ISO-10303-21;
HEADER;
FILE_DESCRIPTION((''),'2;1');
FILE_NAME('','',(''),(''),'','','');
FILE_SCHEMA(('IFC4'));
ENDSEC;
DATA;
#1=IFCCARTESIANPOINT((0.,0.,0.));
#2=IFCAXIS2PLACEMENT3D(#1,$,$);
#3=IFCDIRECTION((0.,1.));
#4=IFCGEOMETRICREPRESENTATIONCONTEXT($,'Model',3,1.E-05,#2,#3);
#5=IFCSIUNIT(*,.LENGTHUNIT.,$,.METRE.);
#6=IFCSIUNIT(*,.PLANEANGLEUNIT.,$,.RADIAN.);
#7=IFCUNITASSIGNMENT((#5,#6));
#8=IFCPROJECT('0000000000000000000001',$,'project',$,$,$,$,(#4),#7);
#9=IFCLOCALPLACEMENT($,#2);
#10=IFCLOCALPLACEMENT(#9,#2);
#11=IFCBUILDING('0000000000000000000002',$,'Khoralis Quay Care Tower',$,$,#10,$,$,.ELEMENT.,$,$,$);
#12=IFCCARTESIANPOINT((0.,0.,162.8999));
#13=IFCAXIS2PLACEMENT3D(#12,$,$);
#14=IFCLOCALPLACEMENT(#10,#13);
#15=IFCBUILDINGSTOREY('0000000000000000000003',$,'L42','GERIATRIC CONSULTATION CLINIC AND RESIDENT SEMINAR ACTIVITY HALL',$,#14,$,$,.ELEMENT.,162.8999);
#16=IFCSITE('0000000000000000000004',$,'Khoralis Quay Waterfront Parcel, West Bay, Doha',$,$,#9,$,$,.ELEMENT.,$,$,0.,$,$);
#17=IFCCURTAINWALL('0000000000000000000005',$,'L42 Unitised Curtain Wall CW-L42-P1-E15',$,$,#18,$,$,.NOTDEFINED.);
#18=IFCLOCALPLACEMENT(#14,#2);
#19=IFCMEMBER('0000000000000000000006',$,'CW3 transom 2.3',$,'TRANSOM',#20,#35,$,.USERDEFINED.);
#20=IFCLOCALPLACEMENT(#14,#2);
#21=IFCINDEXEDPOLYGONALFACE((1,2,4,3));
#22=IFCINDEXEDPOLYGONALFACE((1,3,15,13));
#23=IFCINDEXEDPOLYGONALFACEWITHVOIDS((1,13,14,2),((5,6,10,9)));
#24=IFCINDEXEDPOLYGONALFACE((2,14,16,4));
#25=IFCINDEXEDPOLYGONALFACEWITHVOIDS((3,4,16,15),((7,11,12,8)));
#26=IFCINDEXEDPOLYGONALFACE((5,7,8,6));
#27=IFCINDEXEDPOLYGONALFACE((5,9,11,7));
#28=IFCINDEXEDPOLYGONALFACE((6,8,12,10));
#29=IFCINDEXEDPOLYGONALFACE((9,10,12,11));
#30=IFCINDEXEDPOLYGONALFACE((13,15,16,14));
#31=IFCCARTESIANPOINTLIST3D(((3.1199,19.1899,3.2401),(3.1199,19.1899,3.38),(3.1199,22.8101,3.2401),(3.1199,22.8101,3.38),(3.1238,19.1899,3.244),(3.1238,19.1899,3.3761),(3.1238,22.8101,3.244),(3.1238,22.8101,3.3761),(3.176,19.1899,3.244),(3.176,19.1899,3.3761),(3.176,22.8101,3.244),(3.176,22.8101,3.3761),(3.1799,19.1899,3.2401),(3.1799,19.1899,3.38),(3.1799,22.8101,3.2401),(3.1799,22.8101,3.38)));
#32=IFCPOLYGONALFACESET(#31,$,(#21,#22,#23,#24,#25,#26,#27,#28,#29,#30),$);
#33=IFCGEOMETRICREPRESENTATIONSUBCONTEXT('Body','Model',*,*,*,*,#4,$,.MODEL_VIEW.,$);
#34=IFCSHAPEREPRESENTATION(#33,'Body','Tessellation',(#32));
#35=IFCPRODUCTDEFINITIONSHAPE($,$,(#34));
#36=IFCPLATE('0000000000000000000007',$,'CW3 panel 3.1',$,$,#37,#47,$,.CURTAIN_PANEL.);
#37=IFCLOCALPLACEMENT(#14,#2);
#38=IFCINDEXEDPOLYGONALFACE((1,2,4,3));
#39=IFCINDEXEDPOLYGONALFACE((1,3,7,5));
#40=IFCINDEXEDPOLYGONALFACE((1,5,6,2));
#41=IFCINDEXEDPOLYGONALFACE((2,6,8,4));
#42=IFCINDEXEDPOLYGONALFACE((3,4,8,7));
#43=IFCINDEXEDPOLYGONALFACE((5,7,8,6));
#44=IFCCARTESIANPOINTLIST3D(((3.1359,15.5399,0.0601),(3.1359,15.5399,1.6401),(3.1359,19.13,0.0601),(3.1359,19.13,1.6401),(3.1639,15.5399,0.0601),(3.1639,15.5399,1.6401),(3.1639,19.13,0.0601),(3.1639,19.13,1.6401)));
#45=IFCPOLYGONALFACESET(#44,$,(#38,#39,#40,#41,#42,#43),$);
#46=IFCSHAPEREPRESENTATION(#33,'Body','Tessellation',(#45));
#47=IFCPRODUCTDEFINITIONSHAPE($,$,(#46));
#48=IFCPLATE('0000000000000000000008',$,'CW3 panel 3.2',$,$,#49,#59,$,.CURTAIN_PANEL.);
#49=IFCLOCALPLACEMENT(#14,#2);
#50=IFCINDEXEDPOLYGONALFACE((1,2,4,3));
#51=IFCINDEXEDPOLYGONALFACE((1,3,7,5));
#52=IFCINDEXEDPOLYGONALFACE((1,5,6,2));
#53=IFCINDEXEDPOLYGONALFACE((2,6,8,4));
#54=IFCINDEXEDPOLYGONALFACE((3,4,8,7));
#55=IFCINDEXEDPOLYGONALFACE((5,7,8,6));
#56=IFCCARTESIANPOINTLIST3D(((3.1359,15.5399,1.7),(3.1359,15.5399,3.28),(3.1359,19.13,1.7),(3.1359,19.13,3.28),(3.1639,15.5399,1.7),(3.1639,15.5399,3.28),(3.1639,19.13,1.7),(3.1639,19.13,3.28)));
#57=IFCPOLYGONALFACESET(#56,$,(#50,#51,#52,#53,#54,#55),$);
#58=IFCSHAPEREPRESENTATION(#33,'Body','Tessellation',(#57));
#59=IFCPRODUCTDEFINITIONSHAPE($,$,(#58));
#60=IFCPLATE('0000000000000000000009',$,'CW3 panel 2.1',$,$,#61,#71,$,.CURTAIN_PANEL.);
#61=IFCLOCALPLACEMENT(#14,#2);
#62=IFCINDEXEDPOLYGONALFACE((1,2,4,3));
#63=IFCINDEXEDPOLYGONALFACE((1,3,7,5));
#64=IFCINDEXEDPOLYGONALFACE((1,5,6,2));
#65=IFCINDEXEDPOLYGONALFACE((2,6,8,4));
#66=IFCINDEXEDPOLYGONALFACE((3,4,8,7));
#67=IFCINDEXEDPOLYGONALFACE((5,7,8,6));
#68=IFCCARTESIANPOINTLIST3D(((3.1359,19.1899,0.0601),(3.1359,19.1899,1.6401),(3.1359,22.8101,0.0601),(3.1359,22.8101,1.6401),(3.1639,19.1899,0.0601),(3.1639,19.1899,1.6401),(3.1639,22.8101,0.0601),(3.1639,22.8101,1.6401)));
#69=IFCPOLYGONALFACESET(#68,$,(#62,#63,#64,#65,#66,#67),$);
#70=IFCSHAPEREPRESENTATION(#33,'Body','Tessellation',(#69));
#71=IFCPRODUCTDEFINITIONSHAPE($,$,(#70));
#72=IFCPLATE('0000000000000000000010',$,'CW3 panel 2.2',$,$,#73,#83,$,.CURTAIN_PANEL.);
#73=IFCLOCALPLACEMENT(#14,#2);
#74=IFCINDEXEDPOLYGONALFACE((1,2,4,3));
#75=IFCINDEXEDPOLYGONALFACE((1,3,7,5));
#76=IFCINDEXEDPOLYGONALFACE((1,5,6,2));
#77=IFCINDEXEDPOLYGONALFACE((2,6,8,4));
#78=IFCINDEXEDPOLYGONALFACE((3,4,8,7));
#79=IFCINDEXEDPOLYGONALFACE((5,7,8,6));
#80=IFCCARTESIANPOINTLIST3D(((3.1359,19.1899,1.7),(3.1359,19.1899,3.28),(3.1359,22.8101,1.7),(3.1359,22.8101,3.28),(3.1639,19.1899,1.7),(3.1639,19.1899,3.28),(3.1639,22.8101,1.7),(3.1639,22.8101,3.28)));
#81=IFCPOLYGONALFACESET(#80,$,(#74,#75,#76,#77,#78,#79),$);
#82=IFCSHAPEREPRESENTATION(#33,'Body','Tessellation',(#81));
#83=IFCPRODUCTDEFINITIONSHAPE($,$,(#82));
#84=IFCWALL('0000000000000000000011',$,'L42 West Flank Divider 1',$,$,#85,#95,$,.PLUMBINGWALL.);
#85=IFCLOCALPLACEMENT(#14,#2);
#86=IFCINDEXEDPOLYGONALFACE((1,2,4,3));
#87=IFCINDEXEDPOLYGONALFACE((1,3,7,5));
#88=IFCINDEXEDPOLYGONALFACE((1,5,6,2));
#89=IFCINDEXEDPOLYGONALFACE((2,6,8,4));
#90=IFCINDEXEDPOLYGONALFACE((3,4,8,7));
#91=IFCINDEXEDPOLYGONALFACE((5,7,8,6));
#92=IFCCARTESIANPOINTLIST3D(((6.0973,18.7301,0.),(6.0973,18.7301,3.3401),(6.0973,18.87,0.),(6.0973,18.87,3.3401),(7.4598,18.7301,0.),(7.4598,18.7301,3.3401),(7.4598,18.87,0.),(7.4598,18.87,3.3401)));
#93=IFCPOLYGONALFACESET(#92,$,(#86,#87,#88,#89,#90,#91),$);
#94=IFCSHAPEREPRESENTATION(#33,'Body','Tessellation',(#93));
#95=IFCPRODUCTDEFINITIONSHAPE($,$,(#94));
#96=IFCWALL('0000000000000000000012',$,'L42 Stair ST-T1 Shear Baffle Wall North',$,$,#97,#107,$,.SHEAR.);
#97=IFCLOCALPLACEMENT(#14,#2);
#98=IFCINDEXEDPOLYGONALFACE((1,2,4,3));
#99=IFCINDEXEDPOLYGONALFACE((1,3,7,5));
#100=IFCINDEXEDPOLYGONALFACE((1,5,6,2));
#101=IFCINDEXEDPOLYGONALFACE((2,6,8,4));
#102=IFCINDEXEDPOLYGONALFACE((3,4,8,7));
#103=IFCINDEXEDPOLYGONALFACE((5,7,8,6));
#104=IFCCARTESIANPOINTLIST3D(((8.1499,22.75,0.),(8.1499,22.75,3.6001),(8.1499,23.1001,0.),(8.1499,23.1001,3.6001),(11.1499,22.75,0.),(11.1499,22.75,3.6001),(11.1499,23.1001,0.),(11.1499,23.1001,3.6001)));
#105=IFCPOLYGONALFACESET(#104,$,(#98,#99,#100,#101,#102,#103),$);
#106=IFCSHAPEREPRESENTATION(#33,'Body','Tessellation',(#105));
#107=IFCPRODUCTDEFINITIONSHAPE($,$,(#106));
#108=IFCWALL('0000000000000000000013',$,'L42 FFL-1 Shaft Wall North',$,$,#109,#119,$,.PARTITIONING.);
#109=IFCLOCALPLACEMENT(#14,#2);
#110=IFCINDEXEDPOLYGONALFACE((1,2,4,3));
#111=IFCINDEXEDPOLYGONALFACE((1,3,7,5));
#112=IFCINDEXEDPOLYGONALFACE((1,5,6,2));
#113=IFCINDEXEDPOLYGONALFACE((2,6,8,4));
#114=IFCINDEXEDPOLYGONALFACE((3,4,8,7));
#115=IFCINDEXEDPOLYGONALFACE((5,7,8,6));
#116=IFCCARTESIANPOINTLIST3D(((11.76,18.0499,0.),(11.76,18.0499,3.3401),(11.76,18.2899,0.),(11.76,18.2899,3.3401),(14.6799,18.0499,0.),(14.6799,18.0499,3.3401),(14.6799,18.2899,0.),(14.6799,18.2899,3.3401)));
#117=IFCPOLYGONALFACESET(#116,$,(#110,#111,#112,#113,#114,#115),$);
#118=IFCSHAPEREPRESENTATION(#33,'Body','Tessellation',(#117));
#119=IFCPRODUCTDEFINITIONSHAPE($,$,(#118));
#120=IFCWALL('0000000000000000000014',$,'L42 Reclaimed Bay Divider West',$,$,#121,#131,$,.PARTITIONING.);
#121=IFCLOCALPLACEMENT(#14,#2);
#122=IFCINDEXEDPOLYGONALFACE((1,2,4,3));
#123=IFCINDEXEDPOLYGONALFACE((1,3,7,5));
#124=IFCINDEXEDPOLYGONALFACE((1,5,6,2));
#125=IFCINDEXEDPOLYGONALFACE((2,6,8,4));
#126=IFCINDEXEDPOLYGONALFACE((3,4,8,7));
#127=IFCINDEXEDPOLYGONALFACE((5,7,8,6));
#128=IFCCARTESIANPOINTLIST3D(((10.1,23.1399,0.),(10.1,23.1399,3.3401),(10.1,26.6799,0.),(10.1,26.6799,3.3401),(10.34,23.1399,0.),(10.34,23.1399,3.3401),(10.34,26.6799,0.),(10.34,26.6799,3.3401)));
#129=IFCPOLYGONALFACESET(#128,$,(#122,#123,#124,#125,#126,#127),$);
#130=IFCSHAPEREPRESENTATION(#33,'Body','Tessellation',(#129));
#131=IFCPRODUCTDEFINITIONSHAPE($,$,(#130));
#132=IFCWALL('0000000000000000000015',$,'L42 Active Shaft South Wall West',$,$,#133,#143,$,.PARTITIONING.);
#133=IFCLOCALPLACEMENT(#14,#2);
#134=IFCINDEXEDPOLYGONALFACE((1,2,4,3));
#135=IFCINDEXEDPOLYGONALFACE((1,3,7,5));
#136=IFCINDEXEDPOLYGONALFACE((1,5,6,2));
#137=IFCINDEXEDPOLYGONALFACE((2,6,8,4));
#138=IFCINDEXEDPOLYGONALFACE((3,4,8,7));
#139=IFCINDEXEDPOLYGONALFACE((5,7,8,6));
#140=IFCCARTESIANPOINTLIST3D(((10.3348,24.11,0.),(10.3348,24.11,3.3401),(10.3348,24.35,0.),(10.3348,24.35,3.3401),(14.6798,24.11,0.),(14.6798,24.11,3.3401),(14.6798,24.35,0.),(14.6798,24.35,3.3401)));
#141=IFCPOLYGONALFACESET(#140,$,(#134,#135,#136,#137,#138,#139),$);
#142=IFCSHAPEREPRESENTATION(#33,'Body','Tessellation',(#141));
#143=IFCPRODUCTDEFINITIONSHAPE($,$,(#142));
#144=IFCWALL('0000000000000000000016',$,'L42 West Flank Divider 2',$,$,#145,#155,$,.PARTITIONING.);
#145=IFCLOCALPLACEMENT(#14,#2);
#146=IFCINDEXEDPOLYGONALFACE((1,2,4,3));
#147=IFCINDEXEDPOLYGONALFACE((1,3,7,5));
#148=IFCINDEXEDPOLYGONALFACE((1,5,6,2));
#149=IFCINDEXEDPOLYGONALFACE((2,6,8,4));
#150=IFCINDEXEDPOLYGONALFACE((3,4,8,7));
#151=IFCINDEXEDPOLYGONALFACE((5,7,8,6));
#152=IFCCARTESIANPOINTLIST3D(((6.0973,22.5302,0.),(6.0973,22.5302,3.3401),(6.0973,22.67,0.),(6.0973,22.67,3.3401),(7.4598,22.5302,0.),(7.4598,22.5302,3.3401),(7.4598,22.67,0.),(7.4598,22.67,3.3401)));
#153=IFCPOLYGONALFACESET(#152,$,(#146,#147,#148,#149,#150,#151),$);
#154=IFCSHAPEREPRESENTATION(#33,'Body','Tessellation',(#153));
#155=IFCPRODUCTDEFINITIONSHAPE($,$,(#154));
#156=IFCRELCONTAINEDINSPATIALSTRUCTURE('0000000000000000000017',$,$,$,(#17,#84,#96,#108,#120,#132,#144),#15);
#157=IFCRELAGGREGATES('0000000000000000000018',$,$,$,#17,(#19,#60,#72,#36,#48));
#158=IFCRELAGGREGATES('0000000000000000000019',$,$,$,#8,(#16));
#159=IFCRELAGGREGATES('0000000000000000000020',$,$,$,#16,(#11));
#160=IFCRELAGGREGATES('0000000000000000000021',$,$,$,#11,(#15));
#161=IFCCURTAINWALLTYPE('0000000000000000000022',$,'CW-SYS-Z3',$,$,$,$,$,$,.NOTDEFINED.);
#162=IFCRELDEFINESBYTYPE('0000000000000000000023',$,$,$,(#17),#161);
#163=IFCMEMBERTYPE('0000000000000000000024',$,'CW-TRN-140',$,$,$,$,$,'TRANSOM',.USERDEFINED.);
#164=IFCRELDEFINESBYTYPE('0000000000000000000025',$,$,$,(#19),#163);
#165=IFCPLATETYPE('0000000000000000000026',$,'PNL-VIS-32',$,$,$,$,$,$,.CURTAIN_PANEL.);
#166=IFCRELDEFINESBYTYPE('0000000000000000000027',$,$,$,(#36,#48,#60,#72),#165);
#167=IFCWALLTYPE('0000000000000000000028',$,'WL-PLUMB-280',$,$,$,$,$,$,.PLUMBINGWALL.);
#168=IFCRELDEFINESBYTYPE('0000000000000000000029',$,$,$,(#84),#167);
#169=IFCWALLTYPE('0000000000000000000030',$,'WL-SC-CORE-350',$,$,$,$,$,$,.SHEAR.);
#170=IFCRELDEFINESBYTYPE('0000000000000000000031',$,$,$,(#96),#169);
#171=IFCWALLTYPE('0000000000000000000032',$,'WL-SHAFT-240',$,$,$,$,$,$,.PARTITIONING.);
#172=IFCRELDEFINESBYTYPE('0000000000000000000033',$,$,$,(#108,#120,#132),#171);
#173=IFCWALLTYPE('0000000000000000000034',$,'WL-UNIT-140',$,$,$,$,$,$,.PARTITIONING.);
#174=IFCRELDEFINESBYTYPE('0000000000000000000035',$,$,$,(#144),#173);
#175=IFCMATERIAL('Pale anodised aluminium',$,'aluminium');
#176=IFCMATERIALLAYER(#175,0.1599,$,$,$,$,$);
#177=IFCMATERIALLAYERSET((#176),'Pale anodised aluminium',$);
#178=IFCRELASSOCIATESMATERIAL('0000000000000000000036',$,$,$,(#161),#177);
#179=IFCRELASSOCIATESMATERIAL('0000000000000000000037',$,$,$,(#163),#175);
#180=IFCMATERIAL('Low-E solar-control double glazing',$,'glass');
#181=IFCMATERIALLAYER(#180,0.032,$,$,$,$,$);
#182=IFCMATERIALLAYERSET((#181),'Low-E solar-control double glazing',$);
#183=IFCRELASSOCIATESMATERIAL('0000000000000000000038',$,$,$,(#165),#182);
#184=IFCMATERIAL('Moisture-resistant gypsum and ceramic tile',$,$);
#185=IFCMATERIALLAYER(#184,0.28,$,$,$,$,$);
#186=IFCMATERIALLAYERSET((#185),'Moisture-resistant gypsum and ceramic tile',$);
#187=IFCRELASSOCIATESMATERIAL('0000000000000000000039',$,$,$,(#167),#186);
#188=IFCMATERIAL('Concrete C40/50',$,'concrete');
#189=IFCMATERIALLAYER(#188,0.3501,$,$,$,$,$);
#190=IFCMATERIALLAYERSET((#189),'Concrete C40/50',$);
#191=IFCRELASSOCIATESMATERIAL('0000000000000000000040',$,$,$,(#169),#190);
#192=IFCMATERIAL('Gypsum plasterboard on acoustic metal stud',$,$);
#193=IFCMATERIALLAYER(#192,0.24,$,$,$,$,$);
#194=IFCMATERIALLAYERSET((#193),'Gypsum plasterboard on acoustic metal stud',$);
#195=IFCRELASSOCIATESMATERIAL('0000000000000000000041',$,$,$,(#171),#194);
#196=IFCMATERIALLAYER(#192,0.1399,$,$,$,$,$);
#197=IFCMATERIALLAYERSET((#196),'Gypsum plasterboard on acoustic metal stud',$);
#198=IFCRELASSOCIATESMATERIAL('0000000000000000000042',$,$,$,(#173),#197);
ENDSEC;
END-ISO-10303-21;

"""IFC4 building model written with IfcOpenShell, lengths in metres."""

from ifc_helpers import new_model, si_unit, direction, frame, frame_2d, origin, origin_2d, place, context, subcontext, project, spatial, rectangle, hollow_rectangle, extrude, source, transform, mapped, material, layer, layer_set, material_profile, profile_set, type_object, element, aggregate, save


model = new_model("IFC4")

# Units and contexts
model_context = context("Model", 3, precision=1e-05, world=origin(), true_north=direction((0.0, 1.0)))
body_context = subcontext(model_context, "Body", "Model", "MODEL_VIEW")
ifc_project = project(units=[si_unit("LENGTHUNIT", "METRE"), si_unit("PLANEANGLEUNIT", "RADIAN")], contexts=[model_context])

# Site, building, storey
site_placement = place(None, origin())
site = spatial("IfcSite", under=ifc_project, at=site_placement, Name="Khoralis Quay Waterfront Parcel, West Bay, Doha", CompositionType="ELEMENT", RefElevation=0.0)
building_placement = place(site_placement, origin())
building = spatial("IfcBuilding", under=site, at=building_placement, Name="Khoralis Quay Care Tower", CompositionType="ELEMENT")
storey_placement = place(building_placement, frame((0.0, 0.0, 162.8999)))
storey = spatial("IfcBuildingStorey", under=building, at=storey_placement, Name="L42", Description="GERIATRIC CONSULTATION CLINIC AND RESIDENT SEMINAR ACTIVITY HALL", CompositionType="ELEMENT", Elevation=162.8999)

# Curtain wall, member, plates
ifc_material_1 = material(Name="Pale anodised aluminium", Category="aluminium")
ifc_layer_1 = layer(ifc_material_1, 0.1599)
ifc_layer_set_1 = layer_set([ifc_layer_1], Name="Pale anodised aluminium")
curtain_wall_type = type_object("IfcCurtainWallType", Name="CW-SYS-Z3", PredefinedType="NOTDEFINED", material=ifc_layer_set_1)
curtain_wall_placement = place(storey_placement, origin())
curtain_wall = element("IfcCurtainWall", 1, at=curtain_wall_placement, inside=storey, type_object=curtain_wall_type, Name="L42 Unitised Curtain Wall CW-L42-P1-E15", PredefinedType="NOTDEFINED")
ifc_material_profile_1 = material_profile(ifc_material_1, hollow_rectangle(XDim=0.0601, YDim=0.1399, WallThickness=0.0039, at=origin_2d()), Name="Pale anodised aluminium")
ifc_profile_set_1 = profile_set([ifc_material_profile_1], Name="Pale anodised aluminium")
member_type_1 = type_object("IfcMemberType", Name="CW-TRN-140", ElementType="TRANSOM", PredefinedType="USERDEFINED", material=ifc_profile_set_1)
shared_shape_1 = source(origin(), body_context, "Body", "SweptSolid", [
    extrude(hollow_rectangle(XDim=0.0601, YDim=0.1399, WallThickness=0.0039, at=origin_2d()), origin(), (0.0, 0.0, 1.0), 3.6201),
])
member_1_placement = place(storey_placement, frame((3.1499, 22.8101, 3.3101), z_axis=(0.0, -1.0, 0.0), x_axis=(1.0, 0.0, 0.0)))
member_1 = element("IfcMember", 2, at=member_1_placement, type_object=member_type_1, Name="CW3 transom 2.3", ObjectType="TRANSOM", PredefinedType="USERDEFINED", context=body_context, shape_type="MappedRepresentation", body=[
    mapped(shared_shape_1, transform((0.0, 0.0, 0.0), scale=1.0)),
])
ifc_material_2 = material(Name="Low-E solar-control double glazing", Category="glass")
ifc_layer_2 = layer(ifc_material_2, 0.032)
ifc_layer_set_2 = layer_set([ifc_layer_2], Name="Low-E solar-control double glazing")
plate_type = type_object("IfcPlateType", Name="PNL-VIS-32", PredefinedType="CURTAIN_PANEL", material=ifc_layer_set_2)
shared_shape_2 = source(origin(), body_context, "Body", "SweptSolid", [
    extrude(rectangle(XDim=3.5901, YDim=0.0281, at=origin_2d()), origin(), (0.0, 0.0, 1.0), 1.5801),
])
plate_1_placement = place(storey_placement, frame((3.1499, 17.335, 0.0601), z_axis=(0.0, 0.0, 1.0), x_axis=(0.0, -1.0, 0.0)))
plate_1 = element("IfcPlate", 3, at=plate_1_placement, type_object=plate_type, Name="CW3 panel 3.1", PredefinedType="CURTAIN_PANEL", context=body_context, shape_type="MappedRepresentation", body=[
    mapped(shared_shape_2, transform((0.0, 0.0, 0.0), scale=1.0)),
])
plate_2_placement = place(storey_placement, frame((3.1499, 17.335, 1.7), z_axis=(0.0, 0.0, 1.0), x_axis=(0.0, -1.0, 0.0)))
plate_2 = element("IfcPlate", 4, at=plate_2_placement, type_object=plate_type, Name="CW3 panel 3.2", PredefinedType="CURTAIN_PANEL", context=body_context, shape_type="MappedRepresentation", body=[
    mapped(shared_shape_2, transform((0.0, 0.0, 0.0), scale=1.0)),
])
shared_shape_3 = source(origin(), body_context, "Body", "SweptSolid", [
    extrude(rectangle(XDim=3.6201, YDim=0.0281, at=origin_2d()), origin(), (0.0, 0.0, 1.0), 1.5801),
])
plate_3_placement = place(storey_placement, frame((3.1499, 21.0, 0.0601), z_axis=(0.0, 0.0, 1.0), x_axis=(0.0, -1.0, 0.0)))
plate_3 = element("IfcPlate", 5, at=plate_3_placement, type_object=plate_type, Name="CW3 panel 2.1", PredefinedType="CURTAIN_PANEL", context=body_context, shape_type="MappedRepresentation", body=[
    mapped(shared_shape_3, transform((0.0, 0.0, 0.0), scale=1.0)),
])
plate_4_placement = place(storey_placement, frame((3.1499, 21.0, 1.7), z_axis=(0.0, 0.0, 1.0), x_axis=(0.0, -1.0, 0.0)))
plate_4 = element("IfcPlate", 6, at=plate_4_placement, type_object=plate_type, Name="CW3 panel 2.2", PredefinedType="CURTAIN_PANEL", context=body_context, shape_type="MappedRepresentation", body=[
    mapped(shared_shape_3, transform((0.0, 0.0, 0.0), scale=1.0)),
])
aggregate(curtain_wall, [member_1, plate_3, plate_4, plate_1, plate_2])

# Walls
ifc_material_3 = material(Name="Moisture-resistant gypsum and ceramic tile")
ifc_layer_3 = layer(ifc_material_3, 0.28)
ifc_layer_set_3 = layer_set([ifc_layer_3], Name="Moisture-resistant gypsum and ceramic tile")
wall_type_1 = type_object("IfcWallType", Name="WL-PLUMB-280", PredefinedType="PLUMBINGWALL", material=ifc_layer_set_3)
wall_1_placement = place(storey_placement, frame((6.0974, 18.8, 0.0), z_axis=(0.0, 0.0, 1.0), x_axis=(1.0, 0.0, 0.0)))
element("IfcWall", 7, at=wall_1_placement, inside=storey, type_object=wall_type_1, Name="L42 West Flank Divider 1", PredefinedType="PLUMBINGWALL", context=body_context, shape_type="SweptSolid", body=[
    extrude(rectangle(XDim=1.3625, YDim=0.1399, at=frame_2d((0.6812, 0.0))), origin(), (0.0, 0.0, 1.0), 3.3401),
])
ifc_material_4 = material(Name="Concrete C40/50", Category="concrete")
ifc_layer_4 = layer(ifc_material_4, 0.3501)
ifc_layer_set_4 = layer_set([ifc_layer_4], Name="Concrete C40/50")
wall_type_2 = type_object("IfcWallType", Name="WL-SC-CORE-350", PredefinedType="SHEAR", material=ifc_layer_set_4)
wall_2_placement = place(storey_placement, frame((8.1499, 22.925, 0.0), z_axis=(0.0, 0.0, 1.0), x_axis=(1.0, 0.0, 0.0)))
element("IfcWall", 8, at=wall_2_placement, inside=storey, type_object=wall_type_2, Name="L42 Stair ST-T1 Shear Baffle Wall North", PredefinedType="SHEAR", context=body_context, shape_type="SweptSolid", body=[
    extrude(rectangle(XDim=3.0, YDim=0.3501, at=frame_2d((1.5, 0.0))), origin(), (0.0, 0.0, 1.0), 3.6001),
])
ifc_material_5 = material(Name="Gypsum plasterboard on acoustic metal stud")
ifc_layer_5 = layer(ifc_material_5, 0.24)
ifc_layer_set_5 = layer_set([ifc_layer_5], Name="Gypsum plasterboard on acoustic metal stud")
wall_type_3 = type_object("IfcWallType", Name="WL-SHAFT-240", PredefinedType="PARTITIONING", material=ifc_layer_set_5)
wall_3_placement = place(storey_placement, frame((11.76, 18.1699, 0.0), z_axis=(0.0, 0.0, 1.0), x_axis=(1.0, 0.0, 0.0)))
element("IfcWall", 9, at=wall_3_placement, inside=storey, type_object=wall_type_3, Name="L42 FFL-1 Shaft Wall North", PredefinedType="PARTITIONING", context=body_context, shape_type="SweptSolid", body=[
    extrude(rectangle(XDim=2.9199, YDim=0.24, at=frame_2d((1.46, 0.0))), origin(), (0.0, 0.0, 1.0), 3.3401),
])
wall_4_placement = place(storey_placement, frame((10.22, 23.1399, 0.0), z_axis=(0.0, 0.0, 1.0), x_axis=(0.0, 1.0, 0.0)))
element("IfcWall", 10, at=wall_4_placement, inside=storey, type_object=wall_type_3, Name="L42 Reclaimed Bay Divider West", PredefinedType="PARTITIONING", context=body_context, shape_type="SweptSolid", body=[
    extrude(rectangle(XDim=3.54, YDim=0.24, at=frame_2d((1.77, 0.0))), origin(), (0.0, 0.0, 1.0), 3.3401),
])
wall_5_placement = place(storey_placement, frame((10.335, 24.23, 0.0), z_axis=(0.0, 0.0, 1.0), x_axis=(1.0, 0.0, 0.0)))
element("IfcWall", 11, at=wall_5_placement, inside=storey, type_object=wall_type_3, Name="L42 Active Shaft South Wall West", PredefinedType="PARTITIONING", context=body_context, shape_type="SweptSolid", body=[
    extrude(rectangle(XDim=4.345, YDim=0.24, at=frame_2d((2.1724, 0.0))), origin(), (0.0, 0.0, 1.0), 3.3401),
])
ifc_layer_6 = layer(ifc_material_5, 0.1399)
ifc_layer_set_6 = layer_set([ifc_layer_6], Name="Gypsum plasterboard on acoustic metal stud")
wall_type_4 = type_object("IfcWallType", Name="WL-UNIT-140", PredefinedType="PARTITIONING", material=ifc_layer_set_6)
wall_6_placement = place(storey_placement, frame((6.0974, 22.6001, 0.0), z_axis=(0.0, 0.0, 1.0), x_axis=(1.0, 0.0, 0.0)))
element("IfcWall", 12, at=wall_6_placement, inside=storey, type_object=wall_type_4, Name="L42 West Flank Divider 2", PredefinedType="PARTITIONING", context=body_context, shape_type="SweptSolid", body=[
    extrude(rectangle(XDim=1.3625, YDim=0.1399, at=frame_2d((0.6812, 0.0))), origin(), (0.0, 0.0, 1.0), 3.3401),
])

save(model, "model.ifc")
